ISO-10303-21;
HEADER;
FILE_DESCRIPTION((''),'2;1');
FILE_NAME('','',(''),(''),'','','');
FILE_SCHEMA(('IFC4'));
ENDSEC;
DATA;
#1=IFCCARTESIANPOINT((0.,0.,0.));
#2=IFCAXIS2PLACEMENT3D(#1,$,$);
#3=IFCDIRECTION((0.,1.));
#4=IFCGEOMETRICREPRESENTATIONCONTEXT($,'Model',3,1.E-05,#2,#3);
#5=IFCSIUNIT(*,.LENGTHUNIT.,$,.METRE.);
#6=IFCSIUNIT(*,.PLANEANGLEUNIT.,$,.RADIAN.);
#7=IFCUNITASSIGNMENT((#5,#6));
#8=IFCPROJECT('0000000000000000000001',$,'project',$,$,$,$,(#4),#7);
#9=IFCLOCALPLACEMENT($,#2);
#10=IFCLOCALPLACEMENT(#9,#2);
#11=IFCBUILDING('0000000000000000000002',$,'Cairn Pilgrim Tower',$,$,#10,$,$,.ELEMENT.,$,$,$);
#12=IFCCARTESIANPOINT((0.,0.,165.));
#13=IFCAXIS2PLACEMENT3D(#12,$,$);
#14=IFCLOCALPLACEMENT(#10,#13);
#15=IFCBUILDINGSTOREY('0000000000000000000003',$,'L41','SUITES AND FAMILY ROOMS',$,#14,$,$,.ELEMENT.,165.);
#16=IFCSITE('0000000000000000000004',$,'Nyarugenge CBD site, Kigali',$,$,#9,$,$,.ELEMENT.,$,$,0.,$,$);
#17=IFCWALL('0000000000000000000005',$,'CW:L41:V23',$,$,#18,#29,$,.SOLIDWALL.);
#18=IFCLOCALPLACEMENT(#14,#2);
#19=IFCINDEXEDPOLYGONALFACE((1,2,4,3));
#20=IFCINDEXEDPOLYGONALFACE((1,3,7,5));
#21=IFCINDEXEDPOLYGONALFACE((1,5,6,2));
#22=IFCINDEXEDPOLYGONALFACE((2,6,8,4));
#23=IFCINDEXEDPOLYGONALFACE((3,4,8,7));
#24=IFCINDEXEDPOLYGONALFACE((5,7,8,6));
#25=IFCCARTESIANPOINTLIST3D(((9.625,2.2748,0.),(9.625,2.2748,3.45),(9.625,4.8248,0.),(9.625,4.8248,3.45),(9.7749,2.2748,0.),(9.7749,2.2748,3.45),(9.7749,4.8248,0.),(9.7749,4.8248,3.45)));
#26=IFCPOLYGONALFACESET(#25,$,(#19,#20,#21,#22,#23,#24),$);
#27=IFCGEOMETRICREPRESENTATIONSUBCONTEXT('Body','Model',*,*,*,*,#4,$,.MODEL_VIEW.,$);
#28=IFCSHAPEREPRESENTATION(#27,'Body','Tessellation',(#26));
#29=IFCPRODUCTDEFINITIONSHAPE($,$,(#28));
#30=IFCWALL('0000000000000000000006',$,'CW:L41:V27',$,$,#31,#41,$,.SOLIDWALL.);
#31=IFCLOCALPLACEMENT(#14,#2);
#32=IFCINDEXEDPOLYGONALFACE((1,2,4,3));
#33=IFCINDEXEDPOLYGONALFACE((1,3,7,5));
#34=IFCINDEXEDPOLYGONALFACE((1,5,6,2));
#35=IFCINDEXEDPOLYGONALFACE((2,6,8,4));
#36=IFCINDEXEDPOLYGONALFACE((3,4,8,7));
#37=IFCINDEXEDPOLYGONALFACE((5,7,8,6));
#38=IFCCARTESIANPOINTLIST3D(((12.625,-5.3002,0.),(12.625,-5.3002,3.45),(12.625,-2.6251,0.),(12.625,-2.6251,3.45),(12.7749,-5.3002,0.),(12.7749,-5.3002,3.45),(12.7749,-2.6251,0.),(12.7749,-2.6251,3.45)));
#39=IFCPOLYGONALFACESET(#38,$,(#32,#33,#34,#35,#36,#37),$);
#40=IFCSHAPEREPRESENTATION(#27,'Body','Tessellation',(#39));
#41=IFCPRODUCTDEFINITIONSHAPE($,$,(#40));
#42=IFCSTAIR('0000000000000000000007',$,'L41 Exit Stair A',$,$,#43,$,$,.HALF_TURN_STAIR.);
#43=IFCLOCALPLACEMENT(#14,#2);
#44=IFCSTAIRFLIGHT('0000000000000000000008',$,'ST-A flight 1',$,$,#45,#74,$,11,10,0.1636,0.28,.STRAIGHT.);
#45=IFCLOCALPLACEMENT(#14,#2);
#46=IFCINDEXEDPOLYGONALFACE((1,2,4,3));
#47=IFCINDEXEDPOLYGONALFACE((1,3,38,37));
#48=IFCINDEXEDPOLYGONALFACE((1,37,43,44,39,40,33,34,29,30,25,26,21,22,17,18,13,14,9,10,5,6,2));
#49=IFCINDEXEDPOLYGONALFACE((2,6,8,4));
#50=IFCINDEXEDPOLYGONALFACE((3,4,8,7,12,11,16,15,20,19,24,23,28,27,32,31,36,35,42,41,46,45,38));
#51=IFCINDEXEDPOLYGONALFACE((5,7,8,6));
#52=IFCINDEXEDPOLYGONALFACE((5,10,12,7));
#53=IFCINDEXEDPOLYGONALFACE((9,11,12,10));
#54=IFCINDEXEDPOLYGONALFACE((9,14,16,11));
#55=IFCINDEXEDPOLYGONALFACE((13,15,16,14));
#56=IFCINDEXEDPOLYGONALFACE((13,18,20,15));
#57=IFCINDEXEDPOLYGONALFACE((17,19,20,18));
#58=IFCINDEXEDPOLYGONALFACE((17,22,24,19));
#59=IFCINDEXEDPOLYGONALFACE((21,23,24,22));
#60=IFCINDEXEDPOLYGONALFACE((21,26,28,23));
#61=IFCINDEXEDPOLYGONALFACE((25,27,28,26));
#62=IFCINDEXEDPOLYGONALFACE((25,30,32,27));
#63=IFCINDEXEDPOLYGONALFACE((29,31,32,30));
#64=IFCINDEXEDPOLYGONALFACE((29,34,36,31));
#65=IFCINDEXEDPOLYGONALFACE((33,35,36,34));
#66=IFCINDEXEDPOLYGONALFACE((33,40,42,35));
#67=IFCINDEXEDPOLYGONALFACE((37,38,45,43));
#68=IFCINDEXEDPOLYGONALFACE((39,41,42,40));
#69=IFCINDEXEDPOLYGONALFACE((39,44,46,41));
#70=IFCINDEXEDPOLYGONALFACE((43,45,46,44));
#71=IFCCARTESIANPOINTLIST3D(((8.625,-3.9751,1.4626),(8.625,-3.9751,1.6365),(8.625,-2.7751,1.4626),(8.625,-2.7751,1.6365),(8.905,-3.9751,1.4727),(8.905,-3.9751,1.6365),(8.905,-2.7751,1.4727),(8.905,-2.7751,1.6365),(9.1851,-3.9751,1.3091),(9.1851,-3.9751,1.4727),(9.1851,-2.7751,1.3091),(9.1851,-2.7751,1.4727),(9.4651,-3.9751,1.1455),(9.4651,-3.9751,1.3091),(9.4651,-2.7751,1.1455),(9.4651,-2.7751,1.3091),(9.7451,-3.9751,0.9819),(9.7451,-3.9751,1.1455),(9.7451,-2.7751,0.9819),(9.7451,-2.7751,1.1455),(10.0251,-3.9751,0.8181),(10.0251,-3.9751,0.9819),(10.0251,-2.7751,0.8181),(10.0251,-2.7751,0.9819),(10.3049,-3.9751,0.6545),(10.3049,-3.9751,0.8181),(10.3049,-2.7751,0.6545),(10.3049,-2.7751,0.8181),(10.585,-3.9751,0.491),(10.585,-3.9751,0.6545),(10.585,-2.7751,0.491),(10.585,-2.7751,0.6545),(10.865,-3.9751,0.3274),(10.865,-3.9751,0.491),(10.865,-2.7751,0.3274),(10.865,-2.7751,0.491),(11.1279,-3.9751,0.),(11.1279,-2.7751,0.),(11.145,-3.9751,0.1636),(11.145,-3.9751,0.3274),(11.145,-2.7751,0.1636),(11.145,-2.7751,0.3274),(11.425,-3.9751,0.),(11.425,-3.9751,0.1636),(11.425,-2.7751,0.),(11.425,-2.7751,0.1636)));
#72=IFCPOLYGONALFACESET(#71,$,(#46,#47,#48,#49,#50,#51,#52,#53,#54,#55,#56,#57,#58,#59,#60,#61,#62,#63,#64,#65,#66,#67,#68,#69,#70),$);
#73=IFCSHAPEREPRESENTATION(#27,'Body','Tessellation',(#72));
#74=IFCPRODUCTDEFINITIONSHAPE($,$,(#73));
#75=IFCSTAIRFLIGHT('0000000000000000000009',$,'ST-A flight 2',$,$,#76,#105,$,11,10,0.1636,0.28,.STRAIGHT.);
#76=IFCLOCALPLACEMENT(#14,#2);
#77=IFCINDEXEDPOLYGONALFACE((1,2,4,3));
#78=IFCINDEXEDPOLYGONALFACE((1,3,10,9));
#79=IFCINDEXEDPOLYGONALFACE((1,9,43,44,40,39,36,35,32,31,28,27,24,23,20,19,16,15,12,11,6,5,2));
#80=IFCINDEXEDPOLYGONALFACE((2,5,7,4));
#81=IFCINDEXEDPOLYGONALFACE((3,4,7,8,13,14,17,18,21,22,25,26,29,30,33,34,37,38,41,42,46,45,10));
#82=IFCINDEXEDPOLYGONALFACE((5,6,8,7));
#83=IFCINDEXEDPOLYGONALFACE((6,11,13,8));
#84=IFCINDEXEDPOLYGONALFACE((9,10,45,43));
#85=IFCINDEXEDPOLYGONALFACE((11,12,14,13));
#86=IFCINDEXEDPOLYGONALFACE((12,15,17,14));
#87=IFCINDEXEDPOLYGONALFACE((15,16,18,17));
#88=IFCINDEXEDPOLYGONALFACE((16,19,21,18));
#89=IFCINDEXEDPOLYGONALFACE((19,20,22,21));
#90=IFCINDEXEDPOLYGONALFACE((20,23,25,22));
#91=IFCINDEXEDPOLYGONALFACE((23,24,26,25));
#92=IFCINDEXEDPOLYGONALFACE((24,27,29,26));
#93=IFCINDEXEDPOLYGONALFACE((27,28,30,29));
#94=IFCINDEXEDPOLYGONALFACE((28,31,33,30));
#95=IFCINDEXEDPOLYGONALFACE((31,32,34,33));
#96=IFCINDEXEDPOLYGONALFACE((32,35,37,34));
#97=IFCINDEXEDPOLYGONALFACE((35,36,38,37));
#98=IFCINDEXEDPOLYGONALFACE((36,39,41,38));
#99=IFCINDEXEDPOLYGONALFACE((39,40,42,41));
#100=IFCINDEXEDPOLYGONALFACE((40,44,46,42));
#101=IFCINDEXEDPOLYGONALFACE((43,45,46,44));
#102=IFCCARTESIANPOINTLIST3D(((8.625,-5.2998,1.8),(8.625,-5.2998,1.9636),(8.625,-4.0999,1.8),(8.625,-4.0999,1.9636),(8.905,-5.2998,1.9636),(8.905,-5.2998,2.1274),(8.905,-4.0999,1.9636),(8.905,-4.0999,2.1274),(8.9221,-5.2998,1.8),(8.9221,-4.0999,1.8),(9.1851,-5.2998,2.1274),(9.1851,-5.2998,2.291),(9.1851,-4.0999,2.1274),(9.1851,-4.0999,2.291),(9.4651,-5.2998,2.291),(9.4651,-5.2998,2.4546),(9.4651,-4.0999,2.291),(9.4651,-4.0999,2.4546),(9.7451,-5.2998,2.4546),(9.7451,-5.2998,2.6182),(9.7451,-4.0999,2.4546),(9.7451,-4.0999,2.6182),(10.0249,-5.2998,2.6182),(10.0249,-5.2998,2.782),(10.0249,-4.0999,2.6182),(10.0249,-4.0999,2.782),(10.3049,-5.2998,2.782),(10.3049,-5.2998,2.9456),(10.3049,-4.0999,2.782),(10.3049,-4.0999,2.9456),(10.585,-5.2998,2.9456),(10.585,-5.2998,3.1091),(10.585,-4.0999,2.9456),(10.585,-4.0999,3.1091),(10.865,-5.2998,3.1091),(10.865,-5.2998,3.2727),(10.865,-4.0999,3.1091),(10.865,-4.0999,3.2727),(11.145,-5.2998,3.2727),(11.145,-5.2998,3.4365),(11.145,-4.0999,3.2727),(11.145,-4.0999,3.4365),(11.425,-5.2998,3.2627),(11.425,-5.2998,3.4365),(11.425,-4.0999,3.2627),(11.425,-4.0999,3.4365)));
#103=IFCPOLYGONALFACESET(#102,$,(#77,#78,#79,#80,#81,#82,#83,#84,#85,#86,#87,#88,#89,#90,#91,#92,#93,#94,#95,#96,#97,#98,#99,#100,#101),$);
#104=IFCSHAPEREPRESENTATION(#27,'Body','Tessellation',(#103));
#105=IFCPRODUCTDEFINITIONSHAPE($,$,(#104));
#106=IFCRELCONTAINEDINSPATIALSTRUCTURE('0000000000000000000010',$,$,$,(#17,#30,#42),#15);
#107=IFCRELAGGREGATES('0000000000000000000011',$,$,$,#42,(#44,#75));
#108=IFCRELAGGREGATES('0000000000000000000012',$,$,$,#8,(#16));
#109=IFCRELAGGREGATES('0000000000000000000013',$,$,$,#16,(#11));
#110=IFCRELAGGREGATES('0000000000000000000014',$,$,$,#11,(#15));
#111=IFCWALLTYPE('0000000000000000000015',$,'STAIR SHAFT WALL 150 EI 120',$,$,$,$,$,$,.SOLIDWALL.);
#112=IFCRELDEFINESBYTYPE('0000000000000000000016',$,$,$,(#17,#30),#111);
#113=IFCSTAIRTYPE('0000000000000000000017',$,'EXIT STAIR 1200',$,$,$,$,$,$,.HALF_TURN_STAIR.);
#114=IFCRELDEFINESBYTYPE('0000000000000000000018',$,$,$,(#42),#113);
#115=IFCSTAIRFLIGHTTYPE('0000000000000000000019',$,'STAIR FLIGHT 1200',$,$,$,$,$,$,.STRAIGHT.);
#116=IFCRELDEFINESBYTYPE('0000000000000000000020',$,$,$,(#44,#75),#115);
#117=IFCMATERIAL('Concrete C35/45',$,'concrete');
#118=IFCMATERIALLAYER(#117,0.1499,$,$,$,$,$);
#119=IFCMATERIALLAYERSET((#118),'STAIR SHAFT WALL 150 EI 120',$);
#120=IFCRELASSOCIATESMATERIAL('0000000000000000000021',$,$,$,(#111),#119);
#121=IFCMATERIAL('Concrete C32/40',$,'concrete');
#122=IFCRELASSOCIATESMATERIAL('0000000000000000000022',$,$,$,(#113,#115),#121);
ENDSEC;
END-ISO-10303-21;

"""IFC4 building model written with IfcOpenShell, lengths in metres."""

from ifc_helpers import new_model, si_unit, direction, frame, frame_2d, origin, place, context, subcontext, project, spatial, polyline, rectangle, outline, extrude, material, layer, layer_set, type_object, element, aggregate, save


model = new_model("IFC4")

# Units and contexts
model_context = context("Model", 3, precision=1e-05, world=origin(), true_north=direction((0.0, 1.0)))
body_context = subcontext(model_context, "Body", "Model", "MODEL_VIEW")
ifc_project = project(units=[si_unit("LENGTHUNIT", "METRE"), si_unit("PLANEANGLEUNIT", "RADIAN")], contexts=[model_context])

# Site, building, storey
site_placement = place(None, origin())
site = spatial("IfcSite", under=ifc_project, at=site_placement, Name="Nyarugenge CBD site, Kigali", CompositionType="ELEMENT", RefElevation=0.0)
building_placement = place(site_placement, origin())
building = spatial("IfcBuilding", under=site, at=building_placement, Name="Cairn Pilgrim Tower", CompositionType="ELEMENT")
storey_placement = place(building_placement, frame((0.0, 0.0, 165.0)))
storey = spatial("IfcBuildingStorey", under=building, at=storey_placement, Name="L41", Description="SUITES AND FAMILY ROOMS", CompositionType="ELEMENT", Elevation=165.0)

# Shared definitions
ifc_material_1 = material(Name="Concrete C32/40", Category="concrete")

# Walls
ifc_material_2 = material(Name="Concrete C35/45", Category="concrete")
ifc_layer_1 = layer(ifc_material_2, 0.1499)
ifc_layer_set_1 = layer_set([ifc_layer_1], Name="STAIR SHAFT WALL 150 EI 120")
wall_type_1 = type_object("IfcWallType", Name="STAIR SHAFT WALL 150 EI 120", PredefinedType="SOLIDWALL", material=ifc_layer_set_1)
wall_1_placement = place(storey_placement, frame((9.7, 2.2749, 0.0), z_axis=(0.0, 0.0, 1.0), x_axis=(0.0, 1.0, 0.0)))
element("IfcWall", 1, at=wall_1_placement, inside=storey, type_object=wall_type_1, Name="CW:L41:V23", PredefinedType="SOLIDWALL", context=body_context, shape_type="SweptSolid", body=[
    extrude(rectangle(XDim=2.55, YDim=0.1499, at=frame_2d((1.2749, 0.0))), origin(), (0.0, 0.0, 1.0), 3.45),
])
wall_2_placement = place(storey_placement, frame((12.7, -5.3, 0.0), z_axis=(0.0, 0.0, 1.0), x_axis=(0.0, 1.0, 0.0)))
element("IfcWall", 2, at=wall_2_placement, inside=storey, type_object=wall_type_1, Name="CW:L41:V27", PredefinedType="SOLIDWALL", context=body_context, shape_type="SweptSolid", body=[
    extrude(rectangle(XDim=2.675, YDim=0.1499, at=frame_2d((1.3374, 0.0))), origin(), (0.0, 0.0, 1.0), 3.45),
])

# Stair, stair flights
stair_type = type_object("IfcStairType", Name="EXIT STAIR 1200", PredefinedType="HALF_TURN_STAIR", material=ifc_material_1)
stair_placement = place(storey_placement, origin())
stair = element("IfcStair", 3, at=stair_placement, inside=storey, type_object=stair_type, Name="L41 Exit Stair A", PredefinedType="HALF_TURN_STAIR")
stair_flight_type = type_object("IfcStairFlightType", Name="STAIR FLIGHT 1200", PredefinedType="STRAIGHT", material=ifc_material_1)
stair_flight_1_placement = place(storey_placement, frame((11.425, -3.375, 0.0), z_axis=(0.0, 0.0, 1.0), x_axis=(-1.0, 0.0, 0.0)))
stair_flight_1 = element("IfcStairFlight", 4, at=stair_flight_1_placement, type_object=stair_flight_type, Name="ST-A flight 1", NumberOfRisers=11, NumberOfTreads=10, PredefinedType="STRAIGHT", RiserHeight=0.1636, TreadLength=0.28, context=body_context, shape_type="SweptSolid", body=[
    extrude(outline(polyline([(0.0, 0.0), (0.0, 0.1636), (0.28, 0.1636), (0.28, 0.3274), (0.5601, 0.3274), (0.5601, 0.491), (0.8401, 0.491), (0.8401, 0.6545), (1.1201, 0.6545), (1.1201, 0.8181), (1.3999, 0.8181), (1.3999, 0.9819), (1.6799, 0.9819), (1.6799, 1.1455), (1.96, 1.1455), (1.96, 1.3091), (2.24, 1.3091), (2.24, 1.4727), (2.52, 1.4727), (2.52, 1.6365), (2.8, 1.6365), (2.8, 1.8), (2.8, 1.4626), (0.2971, 0.0), (0.0, 0.0)])), frame((0.0, 0.6001, 0.0), z_axis=(0.0, -1.0, 0.0), x_axis=(1.0, 0.0, 0.0)), (0.0, 0.0, 1.0), 1.2),
])
stair_flight_2_placement = place(storey_placement, frame((8.625, -4.7, 1.8), z_axis=(0.0, 0.0, 1.0), x_axis=(1.0, 0.0, 0.0)))
stair_flight_2 = element("IfcStairFlight", 5, at=stair_flight_2_placement, type_object=stair_flight_type, Name="ST-A flight 2", NumberOfRisers=11, NumberOfTreads=10, PredefinedType="STRAIGHT", RiserHeight=0.1636, TreadLength=0.28, context=body_context, shape_type="SweptSolid", body=[
    extrude(outline(polyline([(0.0, 0.0), (0.0, 0.1636), (0.28, 0.1636), (0.28, 0.3274), (0.5601, 0.3274), (0.5601, 0.491), (0.8401, 0.491), (0.8401, 0.6545), (1.1201, 0.6545), (1.1201, 0.8181), (1.3999, 0.8181), (1.3999, 0.9819), (1.6799, 0.9819), (1.6799, 1.1455), (1.96, 1.1455), (1.96, 1.3091), (2.24, 1.3091), (2.24, 1.4727), (2.52, 1.4727), (2.52, 1.6365), (2.8, 1.6365), (2.8, 1.8), (2.8, 1.4626), (0.2971, 0.0), (0.0, 0.0)])), frame((0.0, 0.6001, 0.0), z_axis=(0.0, -1.0, 0.0), x_axis=(1.0, 0.0, 0.0)), (0.0, 0.0, 1.0), 1.2),
])
aggregate(stair, [stair_flight_1, stair_flight_2])

save(model, "model.ifc")
